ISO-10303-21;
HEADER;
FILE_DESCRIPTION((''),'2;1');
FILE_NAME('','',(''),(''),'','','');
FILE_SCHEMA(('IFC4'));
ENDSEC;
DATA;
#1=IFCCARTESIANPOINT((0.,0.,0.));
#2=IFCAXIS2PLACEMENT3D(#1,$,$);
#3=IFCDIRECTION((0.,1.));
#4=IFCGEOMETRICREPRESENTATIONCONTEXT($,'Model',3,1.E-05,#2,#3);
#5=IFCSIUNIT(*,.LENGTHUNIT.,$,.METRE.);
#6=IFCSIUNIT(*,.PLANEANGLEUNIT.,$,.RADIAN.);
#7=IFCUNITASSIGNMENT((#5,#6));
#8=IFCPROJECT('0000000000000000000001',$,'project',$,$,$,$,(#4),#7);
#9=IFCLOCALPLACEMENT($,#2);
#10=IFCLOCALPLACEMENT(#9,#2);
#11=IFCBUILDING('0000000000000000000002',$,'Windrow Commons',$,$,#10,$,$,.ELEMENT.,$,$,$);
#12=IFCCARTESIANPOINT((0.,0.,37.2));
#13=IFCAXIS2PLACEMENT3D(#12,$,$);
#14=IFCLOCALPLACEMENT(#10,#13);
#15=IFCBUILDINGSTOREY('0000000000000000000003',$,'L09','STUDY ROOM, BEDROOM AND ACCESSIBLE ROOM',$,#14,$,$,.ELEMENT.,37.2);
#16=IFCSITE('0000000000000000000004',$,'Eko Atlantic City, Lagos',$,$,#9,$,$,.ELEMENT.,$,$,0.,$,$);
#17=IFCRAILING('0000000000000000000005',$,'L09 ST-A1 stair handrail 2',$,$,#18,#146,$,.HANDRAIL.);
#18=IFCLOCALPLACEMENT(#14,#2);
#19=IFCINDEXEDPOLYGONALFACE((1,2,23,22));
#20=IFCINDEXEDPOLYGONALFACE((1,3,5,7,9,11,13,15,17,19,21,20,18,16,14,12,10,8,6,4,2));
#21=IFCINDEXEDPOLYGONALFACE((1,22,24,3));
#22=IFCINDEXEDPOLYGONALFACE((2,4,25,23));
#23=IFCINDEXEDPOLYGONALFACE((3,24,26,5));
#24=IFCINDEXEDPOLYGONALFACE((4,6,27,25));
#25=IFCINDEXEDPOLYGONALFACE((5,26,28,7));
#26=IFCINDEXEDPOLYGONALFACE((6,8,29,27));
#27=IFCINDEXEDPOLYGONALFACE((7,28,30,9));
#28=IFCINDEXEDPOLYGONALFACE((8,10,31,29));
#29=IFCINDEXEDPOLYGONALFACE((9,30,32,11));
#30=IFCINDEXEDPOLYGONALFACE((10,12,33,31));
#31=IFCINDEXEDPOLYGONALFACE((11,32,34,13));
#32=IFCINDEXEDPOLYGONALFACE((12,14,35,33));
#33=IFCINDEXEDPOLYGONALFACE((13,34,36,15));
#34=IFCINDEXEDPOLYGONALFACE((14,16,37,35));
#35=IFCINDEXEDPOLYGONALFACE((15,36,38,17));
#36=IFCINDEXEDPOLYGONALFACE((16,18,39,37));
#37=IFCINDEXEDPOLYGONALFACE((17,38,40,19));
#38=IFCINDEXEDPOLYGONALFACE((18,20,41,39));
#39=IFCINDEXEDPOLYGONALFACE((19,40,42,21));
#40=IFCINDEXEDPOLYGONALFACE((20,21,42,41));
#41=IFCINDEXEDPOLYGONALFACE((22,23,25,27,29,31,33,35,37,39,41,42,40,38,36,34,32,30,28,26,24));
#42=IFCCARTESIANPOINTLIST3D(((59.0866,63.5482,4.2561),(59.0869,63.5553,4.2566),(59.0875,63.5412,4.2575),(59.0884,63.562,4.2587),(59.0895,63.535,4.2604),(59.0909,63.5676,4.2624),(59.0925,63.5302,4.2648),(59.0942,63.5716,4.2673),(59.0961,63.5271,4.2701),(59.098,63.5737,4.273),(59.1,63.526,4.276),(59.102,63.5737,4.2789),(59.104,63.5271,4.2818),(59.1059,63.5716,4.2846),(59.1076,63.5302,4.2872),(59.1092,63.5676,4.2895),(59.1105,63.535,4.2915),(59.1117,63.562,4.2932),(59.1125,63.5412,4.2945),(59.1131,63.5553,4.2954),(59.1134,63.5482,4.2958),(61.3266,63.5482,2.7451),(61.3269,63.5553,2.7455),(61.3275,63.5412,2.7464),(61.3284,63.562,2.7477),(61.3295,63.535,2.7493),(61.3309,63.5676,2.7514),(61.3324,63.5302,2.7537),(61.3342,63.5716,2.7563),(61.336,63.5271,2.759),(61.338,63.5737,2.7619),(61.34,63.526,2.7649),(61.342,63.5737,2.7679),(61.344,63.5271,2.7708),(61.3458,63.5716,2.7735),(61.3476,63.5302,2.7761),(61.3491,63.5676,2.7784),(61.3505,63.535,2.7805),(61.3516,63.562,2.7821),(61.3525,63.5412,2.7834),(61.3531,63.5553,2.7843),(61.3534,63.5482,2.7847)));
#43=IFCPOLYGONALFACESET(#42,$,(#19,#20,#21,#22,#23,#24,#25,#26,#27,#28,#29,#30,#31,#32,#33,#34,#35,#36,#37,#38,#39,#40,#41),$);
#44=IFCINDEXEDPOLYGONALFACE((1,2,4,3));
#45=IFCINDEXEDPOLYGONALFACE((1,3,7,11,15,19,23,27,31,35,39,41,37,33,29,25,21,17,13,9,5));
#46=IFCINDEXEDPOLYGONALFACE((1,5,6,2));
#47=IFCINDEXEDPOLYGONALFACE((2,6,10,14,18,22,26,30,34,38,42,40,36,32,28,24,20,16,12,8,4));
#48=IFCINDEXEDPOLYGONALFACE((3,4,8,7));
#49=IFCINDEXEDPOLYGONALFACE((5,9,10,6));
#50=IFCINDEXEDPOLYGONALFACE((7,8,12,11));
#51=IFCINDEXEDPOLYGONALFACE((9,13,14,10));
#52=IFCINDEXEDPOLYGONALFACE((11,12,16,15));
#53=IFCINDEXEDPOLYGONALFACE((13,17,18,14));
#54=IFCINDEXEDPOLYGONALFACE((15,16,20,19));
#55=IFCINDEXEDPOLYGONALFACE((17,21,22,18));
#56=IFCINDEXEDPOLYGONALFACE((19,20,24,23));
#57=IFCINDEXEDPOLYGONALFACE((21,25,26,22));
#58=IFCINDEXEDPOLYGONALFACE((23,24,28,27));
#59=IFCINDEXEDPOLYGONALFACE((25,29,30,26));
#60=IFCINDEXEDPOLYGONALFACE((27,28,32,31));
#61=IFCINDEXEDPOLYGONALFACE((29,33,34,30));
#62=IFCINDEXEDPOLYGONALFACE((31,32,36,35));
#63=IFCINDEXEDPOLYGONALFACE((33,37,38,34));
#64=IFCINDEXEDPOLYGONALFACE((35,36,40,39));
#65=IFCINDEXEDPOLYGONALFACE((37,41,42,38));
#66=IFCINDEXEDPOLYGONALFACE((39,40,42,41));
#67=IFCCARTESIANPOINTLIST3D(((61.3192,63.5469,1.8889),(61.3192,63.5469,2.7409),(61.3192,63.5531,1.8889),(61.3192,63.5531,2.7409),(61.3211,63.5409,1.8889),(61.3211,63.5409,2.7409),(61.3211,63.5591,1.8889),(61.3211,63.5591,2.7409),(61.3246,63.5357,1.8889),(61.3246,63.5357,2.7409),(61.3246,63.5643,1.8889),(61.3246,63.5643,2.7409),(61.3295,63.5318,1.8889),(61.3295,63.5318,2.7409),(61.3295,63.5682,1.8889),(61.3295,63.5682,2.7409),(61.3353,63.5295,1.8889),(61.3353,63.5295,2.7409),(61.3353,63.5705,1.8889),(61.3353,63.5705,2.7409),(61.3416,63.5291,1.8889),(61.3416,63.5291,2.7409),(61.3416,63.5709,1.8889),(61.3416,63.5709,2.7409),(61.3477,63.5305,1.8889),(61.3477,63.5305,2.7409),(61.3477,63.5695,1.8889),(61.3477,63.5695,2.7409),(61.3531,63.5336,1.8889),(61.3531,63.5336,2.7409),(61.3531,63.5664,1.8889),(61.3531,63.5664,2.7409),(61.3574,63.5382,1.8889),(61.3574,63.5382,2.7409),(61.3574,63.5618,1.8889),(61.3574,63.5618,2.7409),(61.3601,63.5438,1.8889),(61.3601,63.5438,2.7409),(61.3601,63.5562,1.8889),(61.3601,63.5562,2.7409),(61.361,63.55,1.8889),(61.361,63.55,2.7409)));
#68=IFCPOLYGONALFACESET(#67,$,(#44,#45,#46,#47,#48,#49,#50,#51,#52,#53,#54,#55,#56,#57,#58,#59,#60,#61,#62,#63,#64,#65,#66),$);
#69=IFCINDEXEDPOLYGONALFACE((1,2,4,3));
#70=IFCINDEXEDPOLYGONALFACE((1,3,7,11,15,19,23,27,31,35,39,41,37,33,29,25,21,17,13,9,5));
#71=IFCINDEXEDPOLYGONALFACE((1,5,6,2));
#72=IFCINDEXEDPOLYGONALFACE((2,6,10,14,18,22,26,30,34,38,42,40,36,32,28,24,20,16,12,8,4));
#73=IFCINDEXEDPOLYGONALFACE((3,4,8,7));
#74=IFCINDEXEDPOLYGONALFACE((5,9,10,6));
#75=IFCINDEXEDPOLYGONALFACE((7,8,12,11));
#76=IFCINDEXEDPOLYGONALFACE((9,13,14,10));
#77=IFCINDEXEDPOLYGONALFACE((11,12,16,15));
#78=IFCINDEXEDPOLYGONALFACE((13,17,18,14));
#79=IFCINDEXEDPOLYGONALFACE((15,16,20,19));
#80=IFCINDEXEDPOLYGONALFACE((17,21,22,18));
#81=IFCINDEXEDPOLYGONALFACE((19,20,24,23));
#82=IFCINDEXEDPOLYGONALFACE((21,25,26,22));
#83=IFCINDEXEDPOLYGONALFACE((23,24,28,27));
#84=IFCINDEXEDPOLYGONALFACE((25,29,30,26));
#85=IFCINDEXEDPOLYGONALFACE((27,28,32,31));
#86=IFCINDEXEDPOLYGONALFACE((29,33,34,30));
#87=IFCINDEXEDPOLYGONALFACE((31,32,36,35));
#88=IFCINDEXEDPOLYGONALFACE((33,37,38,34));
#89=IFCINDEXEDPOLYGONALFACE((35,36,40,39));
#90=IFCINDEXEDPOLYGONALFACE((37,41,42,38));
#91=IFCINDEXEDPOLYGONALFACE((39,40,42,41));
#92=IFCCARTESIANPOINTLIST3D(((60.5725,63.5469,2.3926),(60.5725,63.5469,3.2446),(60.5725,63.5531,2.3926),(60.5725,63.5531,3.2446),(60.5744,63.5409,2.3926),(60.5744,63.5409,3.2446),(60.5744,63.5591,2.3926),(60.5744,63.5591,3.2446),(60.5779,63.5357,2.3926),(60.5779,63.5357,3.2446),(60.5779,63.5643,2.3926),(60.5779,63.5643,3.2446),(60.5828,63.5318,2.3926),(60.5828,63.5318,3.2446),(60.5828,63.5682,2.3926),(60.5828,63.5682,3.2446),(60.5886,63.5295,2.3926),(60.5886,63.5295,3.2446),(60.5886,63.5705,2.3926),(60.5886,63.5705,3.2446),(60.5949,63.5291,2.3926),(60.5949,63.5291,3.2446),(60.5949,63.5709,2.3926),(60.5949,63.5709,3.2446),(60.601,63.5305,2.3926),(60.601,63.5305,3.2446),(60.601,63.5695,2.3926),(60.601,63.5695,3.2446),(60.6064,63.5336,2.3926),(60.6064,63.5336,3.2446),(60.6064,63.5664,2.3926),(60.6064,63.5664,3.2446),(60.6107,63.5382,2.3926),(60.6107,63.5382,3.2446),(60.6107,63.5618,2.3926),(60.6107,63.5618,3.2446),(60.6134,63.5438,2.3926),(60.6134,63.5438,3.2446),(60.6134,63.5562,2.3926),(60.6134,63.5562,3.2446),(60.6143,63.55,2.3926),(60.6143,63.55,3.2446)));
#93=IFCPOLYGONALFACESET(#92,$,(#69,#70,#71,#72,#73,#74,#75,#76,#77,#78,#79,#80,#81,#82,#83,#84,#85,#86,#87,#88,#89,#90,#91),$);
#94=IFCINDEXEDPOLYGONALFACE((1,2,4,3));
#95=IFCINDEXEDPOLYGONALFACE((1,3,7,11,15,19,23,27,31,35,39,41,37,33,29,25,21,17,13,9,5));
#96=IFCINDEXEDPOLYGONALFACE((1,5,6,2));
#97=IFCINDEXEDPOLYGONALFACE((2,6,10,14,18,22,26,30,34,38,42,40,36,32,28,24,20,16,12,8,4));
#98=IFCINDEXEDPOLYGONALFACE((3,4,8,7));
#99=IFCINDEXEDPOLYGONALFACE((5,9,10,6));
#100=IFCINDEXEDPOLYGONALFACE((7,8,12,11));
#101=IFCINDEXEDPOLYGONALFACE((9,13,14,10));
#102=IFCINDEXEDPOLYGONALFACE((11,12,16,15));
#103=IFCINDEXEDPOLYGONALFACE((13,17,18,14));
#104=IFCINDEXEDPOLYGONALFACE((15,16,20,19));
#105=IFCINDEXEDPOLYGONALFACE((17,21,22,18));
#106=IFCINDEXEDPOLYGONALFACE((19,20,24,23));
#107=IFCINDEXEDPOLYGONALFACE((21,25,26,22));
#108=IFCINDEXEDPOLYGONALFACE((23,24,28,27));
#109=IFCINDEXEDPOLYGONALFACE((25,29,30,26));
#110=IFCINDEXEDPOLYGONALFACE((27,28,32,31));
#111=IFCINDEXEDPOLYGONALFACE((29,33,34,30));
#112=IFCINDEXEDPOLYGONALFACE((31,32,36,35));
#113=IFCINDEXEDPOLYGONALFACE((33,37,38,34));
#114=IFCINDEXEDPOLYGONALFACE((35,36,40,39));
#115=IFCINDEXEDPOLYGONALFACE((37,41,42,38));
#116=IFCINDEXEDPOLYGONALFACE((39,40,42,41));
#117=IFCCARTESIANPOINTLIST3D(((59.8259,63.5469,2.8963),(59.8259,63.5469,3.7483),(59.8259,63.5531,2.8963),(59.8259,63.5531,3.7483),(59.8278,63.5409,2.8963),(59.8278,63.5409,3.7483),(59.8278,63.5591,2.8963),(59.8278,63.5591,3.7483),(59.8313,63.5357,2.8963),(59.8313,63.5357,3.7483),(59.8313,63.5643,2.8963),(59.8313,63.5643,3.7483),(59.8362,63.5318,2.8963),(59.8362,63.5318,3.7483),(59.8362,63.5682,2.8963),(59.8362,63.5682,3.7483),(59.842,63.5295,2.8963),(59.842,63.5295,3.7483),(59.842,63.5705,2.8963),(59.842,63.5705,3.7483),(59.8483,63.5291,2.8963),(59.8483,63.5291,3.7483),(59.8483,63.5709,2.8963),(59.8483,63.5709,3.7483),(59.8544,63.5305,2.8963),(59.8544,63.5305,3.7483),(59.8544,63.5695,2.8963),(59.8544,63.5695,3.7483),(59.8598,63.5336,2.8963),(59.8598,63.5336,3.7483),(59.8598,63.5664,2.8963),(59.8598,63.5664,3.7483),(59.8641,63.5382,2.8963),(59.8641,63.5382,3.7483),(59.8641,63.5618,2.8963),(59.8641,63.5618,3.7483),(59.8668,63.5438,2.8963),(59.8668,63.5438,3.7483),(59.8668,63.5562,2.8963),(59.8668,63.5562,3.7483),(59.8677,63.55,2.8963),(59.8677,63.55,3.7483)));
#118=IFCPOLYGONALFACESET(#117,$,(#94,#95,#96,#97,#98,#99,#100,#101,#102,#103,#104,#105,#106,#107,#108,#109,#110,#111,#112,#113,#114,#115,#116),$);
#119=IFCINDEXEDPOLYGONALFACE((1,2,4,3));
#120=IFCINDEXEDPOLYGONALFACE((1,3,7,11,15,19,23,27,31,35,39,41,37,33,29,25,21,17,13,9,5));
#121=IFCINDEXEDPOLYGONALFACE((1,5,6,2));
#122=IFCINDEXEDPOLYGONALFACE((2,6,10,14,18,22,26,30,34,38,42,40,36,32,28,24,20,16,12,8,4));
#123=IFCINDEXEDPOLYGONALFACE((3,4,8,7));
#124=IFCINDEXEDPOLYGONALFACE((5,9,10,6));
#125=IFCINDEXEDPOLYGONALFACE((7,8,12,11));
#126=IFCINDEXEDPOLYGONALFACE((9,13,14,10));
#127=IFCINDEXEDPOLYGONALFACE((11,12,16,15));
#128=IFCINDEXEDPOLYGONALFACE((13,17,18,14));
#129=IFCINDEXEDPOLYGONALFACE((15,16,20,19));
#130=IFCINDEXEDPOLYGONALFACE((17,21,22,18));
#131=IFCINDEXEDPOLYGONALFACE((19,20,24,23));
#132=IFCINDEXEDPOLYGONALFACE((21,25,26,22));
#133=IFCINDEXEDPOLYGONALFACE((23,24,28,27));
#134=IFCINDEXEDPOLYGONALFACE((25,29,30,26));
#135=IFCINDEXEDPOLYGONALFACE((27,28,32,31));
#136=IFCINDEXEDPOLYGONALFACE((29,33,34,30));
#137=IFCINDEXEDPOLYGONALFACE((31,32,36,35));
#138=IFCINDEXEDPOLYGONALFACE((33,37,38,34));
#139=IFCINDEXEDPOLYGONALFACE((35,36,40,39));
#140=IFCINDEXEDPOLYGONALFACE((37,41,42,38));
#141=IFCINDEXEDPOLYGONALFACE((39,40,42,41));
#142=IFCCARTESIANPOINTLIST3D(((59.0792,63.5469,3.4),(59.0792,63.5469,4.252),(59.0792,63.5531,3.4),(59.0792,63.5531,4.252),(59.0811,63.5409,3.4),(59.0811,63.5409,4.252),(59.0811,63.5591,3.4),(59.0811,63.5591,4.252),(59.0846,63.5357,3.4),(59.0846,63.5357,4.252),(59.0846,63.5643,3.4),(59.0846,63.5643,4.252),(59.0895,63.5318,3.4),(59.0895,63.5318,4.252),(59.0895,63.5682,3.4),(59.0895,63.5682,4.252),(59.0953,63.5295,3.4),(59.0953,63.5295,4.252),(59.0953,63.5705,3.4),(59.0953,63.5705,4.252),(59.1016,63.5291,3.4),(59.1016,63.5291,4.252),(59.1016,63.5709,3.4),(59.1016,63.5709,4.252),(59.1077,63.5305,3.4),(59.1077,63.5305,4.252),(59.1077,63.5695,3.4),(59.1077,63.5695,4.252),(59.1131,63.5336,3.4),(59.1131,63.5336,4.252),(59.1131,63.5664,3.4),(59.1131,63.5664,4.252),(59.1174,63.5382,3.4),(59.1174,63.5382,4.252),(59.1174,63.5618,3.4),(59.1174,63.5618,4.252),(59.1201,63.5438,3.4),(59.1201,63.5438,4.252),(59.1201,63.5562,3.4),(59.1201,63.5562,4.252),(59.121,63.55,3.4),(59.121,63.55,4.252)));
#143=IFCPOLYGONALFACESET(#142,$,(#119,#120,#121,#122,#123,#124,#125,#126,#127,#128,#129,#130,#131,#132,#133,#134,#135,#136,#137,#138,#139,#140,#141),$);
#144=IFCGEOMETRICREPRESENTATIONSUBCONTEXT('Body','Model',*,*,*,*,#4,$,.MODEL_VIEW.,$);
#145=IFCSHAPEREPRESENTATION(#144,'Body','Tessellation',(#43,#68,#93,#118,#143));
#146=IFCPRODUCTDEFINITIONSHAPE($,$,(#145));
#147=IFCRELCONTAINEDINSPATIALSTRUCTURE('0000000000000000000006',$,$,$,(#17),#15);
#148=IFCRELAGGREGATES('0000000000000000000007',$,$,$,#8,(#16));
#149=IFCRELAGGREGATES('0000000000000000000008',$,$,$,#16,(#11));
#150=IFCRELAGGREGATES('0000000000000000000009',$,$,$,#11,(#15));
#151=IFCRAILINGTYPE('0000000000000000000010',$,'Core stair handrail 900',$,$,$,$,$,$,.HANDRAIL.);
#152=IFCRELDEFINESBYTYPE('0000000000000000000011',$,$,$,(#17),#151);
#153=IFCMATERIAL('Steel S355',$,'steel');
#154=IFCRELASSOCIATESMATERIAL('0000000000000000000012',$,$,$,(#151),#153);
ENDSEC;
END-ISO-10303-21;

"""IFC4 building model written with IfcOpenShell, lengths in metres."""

from ifc_helpers import new_model, si_unit, direction, frame, origin, origin_2d, place, context, subcontext, project, spatial, circle, extrude, material, type_object, element, save


model = new_model("IFC4")

# Units and contexts
model_context = context("Model", 3, precision=1e-05, world=origin(), true_north=direction((0.0, 1.0)))
body_context = subcontext(model_context, "Body", "Model", "MODEL_VIEW")
ifc_project = project(units=[si_unit("LENGTHUNIT", "METRE"), si_unit("PLANEANGLEUNIT", "RADIAN")], contexts=[model_context])

# Site, building, storey
site_placement = place(None, origin())
site = spatial("IfcSite", under=ifc_project, at=site_placement, Name="Eko Atlantic City, Lagos", CompositionType="ELEMENT", RefElevation=0.0)
building_placement = place(site_placement, origin())
building = spatial("IfcBuilding", under=site, at=building_placement, Name="Windrow Commons", CompositionType="ELEMENT")
storey_placement = place(building_placement, frame((0.0, 0.0, 37.2)))
storey = spatial("IfcBuildingStorey", under=building, at=storey_placement, Name="L09", Description="STUDY ROOM, BEDROOM AND ACCESSIBLE ROOM", CompositionType="ELEMENT", Elevation=37.2)

# Railing
ifc_material_1 = material(Name="Steel S355", Category="steel")
railing_type_1 = type_object("IfcRailingType", Name="Core stair handrail 900", PredefinedType="HANDRAIL", material=ifc_material_1)
for number, where, name in (
    (1, (61.34, 63.55, 1.8889), "L09 ST-A1 stair handrail 2"),
):
    element("IfcRailing", number, at=place(storey_placement, frame(where)), inside=storey, type_object=railing_type_1, Name=name, PredefinedType="HANDRAIL", context=body_context, shape_type="SweptSolid", body=[
        extrude(circle(Radius=0.024, at=origin_2d()), frame((0.0, 0.0, 0.876), z_axis=(-0.829003, 0.0, 0.559244), x_axis=(0.0, -1.0, 0.0)), (0.0, 0.0, 1.0), 2.702),
        extrude(circle(Radius=0.021, at=origin_2d()), origin(), (0.0, 0.0, 1.0), 0.852),
        extrude(circle(Radius=0.021, at=origin_2d()), frame((-0.7467, 0.0, 0.5037)), (0.0, 0.0, 1.0), 0.852),
        extrude(circle(Radius=0.021, at=origin_2d()), frame((-1.4933, 0.0, 1.0074)), (0.0, 0.0, 1.0), 0.852),
        extrude(circle(Radius=0.021, at=origin_2d()), frame((-2.24, 0.0, 1.5111)), (0.0, 0.0, 1.0), 0.852),
    ])

save(model, "model.ifc")
